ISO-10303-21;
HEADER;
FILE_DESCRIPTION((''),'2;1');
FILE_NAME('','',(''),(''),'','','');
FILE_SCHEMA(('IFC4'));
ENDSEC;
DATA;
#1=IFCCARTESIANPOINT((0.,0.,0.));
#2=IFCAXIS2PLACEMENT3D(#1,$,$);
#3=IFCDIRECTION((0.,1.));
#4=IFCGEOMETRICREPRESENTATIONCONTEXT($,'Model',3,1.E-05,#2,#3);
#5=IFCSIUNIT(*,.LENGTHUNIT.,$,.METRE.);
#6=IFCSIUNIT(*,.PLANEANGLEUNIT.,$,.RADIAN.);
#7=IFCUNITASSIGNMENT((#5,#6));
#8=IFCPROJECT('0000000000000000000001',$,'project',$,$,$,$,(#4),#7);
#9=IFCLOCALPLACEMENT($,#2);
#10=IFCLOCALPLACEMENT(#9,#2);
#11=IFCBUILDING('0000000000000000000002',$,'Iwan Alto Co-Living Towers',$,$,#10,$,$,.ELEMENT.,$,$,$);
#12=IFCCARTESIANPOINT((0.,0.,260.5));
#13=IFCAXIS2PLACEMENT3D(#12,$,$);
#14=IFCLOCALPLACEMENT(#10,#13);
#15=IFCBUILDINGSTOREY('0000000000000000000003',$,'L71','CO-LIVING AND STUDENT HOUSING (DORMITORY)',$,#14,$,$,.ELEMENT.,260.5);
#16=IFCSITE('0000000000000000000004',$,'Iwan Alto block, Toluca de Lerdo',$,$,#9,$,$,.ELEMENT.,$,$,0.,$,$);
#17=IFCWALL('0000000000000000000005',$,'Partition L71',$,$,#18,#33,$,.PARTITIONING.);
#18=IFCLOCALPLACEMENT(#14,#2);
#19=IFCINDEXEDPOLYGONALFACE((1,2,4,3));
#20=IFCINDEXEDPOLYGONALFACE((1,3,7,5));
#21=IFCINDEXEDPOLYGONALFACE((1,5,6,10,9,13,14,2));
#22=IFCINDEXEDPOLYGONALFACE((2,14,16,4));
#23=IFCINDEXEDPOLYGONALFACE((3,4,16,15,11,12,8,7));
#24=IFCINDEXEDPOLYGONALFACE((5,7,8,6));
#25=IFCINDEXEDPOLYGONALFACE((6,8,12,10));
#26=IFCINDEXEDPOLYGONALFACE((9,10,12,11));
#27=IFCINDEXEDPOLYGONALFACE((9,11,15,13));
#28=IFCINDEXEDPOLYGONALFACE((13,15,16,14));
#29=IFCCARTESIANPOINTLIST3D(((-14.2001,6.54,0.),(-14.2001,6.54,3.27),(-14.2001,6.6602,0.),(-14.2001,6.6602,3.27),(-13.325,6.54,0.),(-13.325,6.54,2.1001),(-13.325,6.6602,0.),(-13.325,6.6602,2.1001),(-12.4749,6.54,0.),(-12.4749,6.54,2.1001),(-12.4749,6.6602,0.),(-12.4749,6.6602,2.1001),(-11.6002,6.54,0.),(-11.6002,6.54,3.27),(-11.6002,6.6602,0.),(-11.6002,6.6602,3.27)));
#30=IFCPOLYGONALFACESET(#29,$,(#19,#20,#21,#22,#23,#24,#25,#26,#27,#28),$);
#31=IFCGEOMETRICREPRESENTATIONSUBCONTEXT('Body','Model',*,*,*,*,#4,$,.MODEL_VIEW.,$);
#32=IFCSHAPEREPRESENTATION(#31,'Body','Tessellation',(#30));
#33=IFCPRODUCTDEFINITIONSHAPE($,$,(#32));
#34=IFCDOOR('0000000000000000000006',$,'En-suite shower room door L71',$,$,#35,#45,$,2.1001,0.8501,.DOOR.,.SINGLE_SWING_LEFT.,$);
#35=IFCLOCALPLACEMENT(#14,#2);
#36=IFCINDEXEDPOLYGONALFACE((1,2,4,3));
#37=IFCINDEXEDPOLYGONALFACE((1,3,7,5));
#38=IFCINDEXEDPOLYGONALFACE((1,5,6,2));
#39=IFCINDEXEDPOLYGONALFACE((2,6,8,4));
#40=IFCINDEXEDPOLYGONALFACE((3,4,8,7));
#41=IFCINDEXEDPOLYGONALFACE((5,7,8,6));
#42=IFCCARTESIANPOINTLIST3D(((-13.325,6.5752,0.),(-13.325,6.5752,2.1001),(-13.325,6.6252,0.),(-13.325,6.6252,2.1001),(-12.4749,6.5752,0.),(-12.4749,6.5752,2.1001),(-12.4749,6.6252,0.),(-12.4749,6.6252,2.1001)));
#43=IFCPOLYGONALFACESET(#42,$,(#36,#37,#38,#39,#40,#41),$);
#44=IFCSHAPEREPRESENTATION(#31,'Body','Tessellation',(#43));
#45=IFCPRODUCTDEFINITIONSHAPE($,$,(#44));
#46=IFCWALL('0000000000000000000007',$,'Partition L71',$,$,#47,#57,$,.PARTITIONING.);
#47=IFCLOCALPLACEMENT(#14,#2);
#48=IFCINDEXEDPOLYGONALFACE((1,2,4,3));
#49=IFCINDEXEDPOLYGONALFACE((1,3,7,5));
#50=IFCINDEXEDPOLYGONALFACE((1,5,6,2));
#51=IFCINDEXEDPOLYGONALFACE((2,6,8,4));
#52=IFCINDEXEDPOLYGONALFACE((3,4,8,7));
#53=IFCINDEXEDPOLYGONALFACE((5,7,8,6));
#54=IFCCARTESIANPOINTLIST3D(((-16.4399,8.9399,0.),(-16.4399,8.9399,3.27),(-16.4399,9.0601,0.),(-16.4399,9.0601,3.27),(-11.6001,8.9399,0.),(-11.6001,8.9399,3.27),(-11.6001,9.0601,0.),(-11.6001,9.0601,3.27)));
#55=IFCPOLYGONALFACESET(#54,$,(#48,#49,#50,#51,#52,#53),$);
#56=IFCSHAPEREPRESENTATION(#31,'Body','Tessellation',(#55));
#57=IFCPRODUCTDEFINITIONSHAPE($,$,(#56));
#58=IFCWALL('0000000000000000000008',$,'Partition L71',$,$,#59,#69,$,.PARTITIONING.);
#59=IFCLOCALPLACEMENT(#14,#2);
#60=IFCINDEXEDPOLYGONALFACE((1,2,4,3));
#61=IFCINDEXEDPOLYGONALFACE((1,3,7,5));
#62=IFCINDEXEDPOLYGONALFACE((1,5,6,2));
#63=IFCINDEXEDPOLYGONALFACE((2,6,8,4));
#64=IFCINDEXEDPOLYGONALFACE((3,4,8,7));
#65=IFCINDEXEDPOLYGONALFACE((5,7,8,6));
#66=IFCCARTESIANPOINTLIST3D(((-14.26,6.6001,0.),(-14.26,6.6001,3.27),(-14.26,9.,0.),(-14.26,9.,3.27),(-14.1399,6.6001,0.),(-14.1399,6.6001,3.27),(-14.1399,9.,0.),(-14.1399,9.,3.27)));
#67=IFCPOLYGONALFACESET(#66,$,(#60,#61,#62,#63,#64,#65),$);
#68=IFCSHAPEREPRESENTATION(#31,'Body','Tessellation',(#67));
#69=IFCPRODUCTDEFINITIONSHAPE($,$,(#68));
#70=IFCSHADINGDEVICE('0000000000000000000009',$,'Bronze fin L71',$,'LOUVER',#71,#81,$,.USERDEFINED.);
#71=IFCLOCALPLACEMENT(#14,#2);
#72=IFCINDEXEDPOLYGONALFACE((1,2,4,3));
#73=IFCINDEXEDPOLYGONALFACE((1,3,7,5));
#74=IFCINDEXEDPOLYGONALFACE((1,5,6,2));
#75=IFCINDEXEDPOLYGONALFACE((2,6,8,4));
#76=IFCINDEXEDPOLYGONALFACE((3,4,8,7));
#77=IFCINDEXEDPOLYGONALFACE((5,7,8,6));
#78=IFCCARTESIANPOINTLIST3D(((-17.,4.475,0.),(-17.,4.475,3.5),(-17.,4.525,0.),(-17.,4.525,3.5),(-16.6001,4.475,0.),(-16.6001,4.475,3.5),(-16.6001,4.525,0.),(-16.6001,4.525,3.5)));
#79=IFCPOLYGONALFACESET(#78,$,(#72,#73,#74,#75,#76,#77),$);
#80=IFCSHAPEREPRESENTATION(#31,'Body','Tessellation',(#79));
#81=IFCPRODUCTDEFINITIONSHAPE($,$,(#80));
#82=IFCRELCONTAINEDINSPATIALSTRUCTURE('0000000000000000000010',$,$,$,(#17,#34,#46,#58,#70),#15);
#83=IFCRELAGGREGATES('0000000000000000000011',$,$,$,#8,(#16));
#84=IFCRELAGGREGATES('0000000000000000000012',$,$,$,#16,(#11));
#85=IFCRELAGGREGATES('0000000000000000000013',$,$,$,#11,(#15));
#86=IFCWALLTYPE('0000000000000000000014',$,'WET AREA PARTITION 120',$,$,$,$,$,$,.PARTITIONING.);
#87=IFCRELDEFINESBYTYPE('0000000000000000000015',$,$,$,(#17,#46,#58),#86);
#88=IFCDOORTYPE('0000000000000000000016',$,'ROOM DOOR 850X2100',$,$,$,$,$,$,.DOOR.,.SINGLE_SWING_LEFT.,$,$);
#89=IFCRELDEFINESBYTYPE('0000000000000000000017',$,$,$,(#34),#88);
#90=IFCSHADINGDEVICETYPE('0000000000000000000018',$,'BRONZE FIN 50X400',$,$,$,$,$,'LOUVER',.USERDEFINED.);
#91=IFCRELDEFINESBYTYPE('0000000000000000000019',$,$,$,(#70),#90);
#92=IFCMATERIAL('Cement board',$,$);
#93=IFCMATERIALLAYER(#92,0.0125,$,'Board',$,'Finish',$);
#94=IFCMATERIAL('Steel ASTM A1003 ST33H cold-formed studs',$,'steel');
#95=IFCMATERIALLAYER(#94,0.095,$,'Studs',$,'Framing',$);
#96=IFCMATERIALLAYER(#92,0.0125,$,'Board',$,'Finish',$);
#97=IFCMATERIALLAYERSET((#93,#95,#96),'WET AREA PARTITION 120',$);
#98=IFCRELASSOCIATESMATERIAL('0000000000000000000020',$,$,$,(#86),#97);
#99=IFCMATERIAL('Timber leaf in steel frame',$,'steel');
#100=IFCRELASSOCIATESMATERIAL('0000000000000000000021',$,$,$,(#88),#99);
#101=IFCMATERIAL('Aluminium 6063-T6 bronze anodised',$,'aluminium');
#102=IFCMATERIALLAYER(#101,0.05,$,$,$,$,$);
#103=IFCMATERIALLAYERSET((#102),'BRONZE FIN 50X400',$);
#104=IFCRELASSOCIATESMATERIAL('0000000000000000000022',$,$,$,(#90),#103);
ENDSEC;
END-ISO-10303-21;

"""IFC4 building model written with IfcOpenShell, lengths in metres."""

from ifc_helpers import new_model, si_unit, direction, frame, frame_2d, origin, origin_2d, place, context, subcontext, project, spatial, rectangle, extrude, material, layer, layer_set, type_object, element, fill, save


model = new_model("IFC4")

# Units and contexts
model_context = context("Model", 3, precision=1e-05, world=origin(), true_north=direction((0.0, 1.0)))
body_context = subcontext(model_context, "Body", "Model", "MODEL_VIEW")
ifc_project = project(units=[si_unit("LENGTHUNIT", "METRE"), si_unit("PLANEANGLEUNIT", "RADIAN")], contexts=[model_context])

# Site, building, storey
site_placement = place(None, origin())
site = spatial("IfcSite", under=ifc_project, at=site_placement, Name="Iwan Alto block, Toluca de Lerdo", CompositionType="ELEMENT", RefElevation=0.0)
building_placement = place(site_placement, origin())
building = spatial("IfcBuilding", under=site, at=building_placement, Name="Iwan Alto Co-Living Towers", CompositionType="ELEMENT")
storey_placement = place(building_placement, frame((0.0, 0.0, 260.5)))
storey = spatial("IfcBuildingStorey", under=building, at=storey_placement, Name="L71", Description="CO-LIVING AND STUDENT HOUSING (DORMITORY)", CompositionType="ELEMENT", Elevation=260.5)

# Shared definitions
ifc_material_1 = material(Name="Steel ASTM A1003 ST33H cold-formed studs", Category="steel")

# Wall, opening, door
ifc_material_2 = material(Name="Cement board")
ifc_layer_1 = layer(ifc_material_2, 0.0125, Name="Board", Category="Finish")
ifc_layer_2 = layer(ifc_material_1, 0.095, Name="Studs", Category="Framing")
ifc_layer_3 = layer(ifc_material_2, 0.0125, Name="Board", Category="Finish")
ifc_layer_set_1 = layer_set([ifc_layer_1, ifc_layer_2, ifc_layer_3], Name="WET AREA PARTITION 120")
wall_type_1 = type_object("IfcWallType", Name="WET AREA PARTITION 120", PredefinedType="PARTITIONING", material=ifc_layer_set_1)
wall_1_placement = place(storey_placement, frame((-14.2, 6.6001, 0.0), z_axis=(0.0, 0.0, 1.0), x_axis=(1.0, 0.0, 0.0)))
wall_1 = element("IfcWall", 1, at=wall_1_placement, inside=storey, type_object=wall_type_1, Name="Partition L71", PredefinedType="PARTITIONING", context=body_context, shape_type="SweptSolid", body=[
    extrude(rectangle(XDim=2.5999, YDim=0.1201, at=frame_2d((1.2998, 0.0))), origin(), (0.0, 0.0, 1.0), 3.27),
])
opening_placement = place(wall_1_placement, frame((0.875, 0.0, 0.0)))
opening = element("IfcOpeningElement", 2, at=opening_placement, cuts=wall_1, PredefinedType="OPENING", context=body_context, shape_type="SweptSolid", body=[
    extrude(rectangle(XDim=0.8501, YDim=2.1001, at=frame_2d((0.425, 1.05))), frame((0.0, 0.0701, 0.0), z_axis=(0.0, -1.0, 0.0), x_axis=(1.0, 0.0, 0.0)), (0.0, 0.0, 1.0), 0.1401),
])
ifc_material_3 = material(Name="Timber leaf in steel frame", Category="steel")
door_type = type_object("IfcDoorType", Name="ROOM DOOR 850X2100", OperationType="SINGLE_SWING_LEFT", PredefinedType="DOOR", material=ifc_material_3)
door_placement = place(opening_placement, frame((0.8501, 0.0, 0.0), z_axis=(0.0, 0.0, 1.0), x_axis=(-1.0, 0.0, 0.0)))
door = element("IfcDoor", 3, at=door_placement, inside=storey, type_object=door_type, Name="En-suite shower room door L71", OperationType="SINGLE_SWING_LEFT", OverallHeight=2.1001, OverallWidth=0.8501, PredefinedType="DOOR", context=body_context, shape_type="SweptSolid", body=[
    extrude(rectangle(XDim=0.8501, YDim=2.1001, at=frame_2d((0.425, 1.05))), frame((0.0, 0.0249, 0.0), z_axis=(0.0, -1.0, 0.0), x_axis=(1.0, 0.0, 0.0)), (0.0, 0.0, 1.0), 0.05),
])
fill(opening, door)

# Walls
wall_2_placement = place(storey_placement, frame((-16.4399, 9.0, 0.0), z_axis=(0.0, 0.0, 1.0), x_axis=(1.0, 0.0, 0.0)))
element("IfcWall", 4, at=wall_2_placement, inside=storey, type_object=wall_type_1, Name="Partition L71", PredefinedType="PARTITIONING", context=body_context, shape_type="SweptSolid", body=[
    extrude(rectangle(XDim=4.8398, YDim=0.1201, at=frame_2d((2.4199, 0.0))), origin(), (0.0, 0.0, 1.0), 3.27),
])
wall_3_placement = place(storey_placement, frame((-14.2, 6.6001, 0.0), z_axis=(0.0, 0.0, 1.0), x_axis=(0.0, 1.0, 0.0)))
element("IfcWall", 5, at=wall_3_placement, inside=storey, type_object=wall_type_1, Name="Partition L71", PredefinedType="PARTITIONING", context=body_context, shape_type="SweptSolid", body=[
    extrude(rectangle(XDim=2.3999, YDim=0.1201, at=frame_2d((1.2, 0.0))), origin(), (0.0, 0.0, 1.0), 3.27),
])

# Shading device
ifc_material_4 = material(Name="Aluminium 6063-T6 bronze anodised", Category="aluminium")
ifc_layer_4 = layer(ifc_material_4, 0.05)
ifc_layer_set_2 = layer_set([ifc_layer_4], Name="BRONZE FIN 50X400")
shading_device_type = type_object("IfcShadingDeviceType", Name="BRONZE FIN 50X400", ElementType="LOUVER", PredefinedType="USERDEFINED", material=ifc_layer_set_2)
shading_device_placement = place(storey_placement, frame((-16.8, 4.5, 0.0), z_axis=(0.0, 0.0, 1.0), x_axis=(0.0, -1.0, 0.0)))
element("IfcShadingDevice", 6, at=shading_device_placement, inside=storey, type_object=shading_device_type, Name="Bronze fin L71", ObjectType="LOUVER", PredefinedType="USERDEFINED", context=body_context, shape_type="SweptSolid", body=[
    extrude(rectangle(XDim=0.05, YDim=0.3999, at=origin_2d()), origin(), (0.0, 0.0, 1.0), 3.5),
])

save(model, "model.ifc")
